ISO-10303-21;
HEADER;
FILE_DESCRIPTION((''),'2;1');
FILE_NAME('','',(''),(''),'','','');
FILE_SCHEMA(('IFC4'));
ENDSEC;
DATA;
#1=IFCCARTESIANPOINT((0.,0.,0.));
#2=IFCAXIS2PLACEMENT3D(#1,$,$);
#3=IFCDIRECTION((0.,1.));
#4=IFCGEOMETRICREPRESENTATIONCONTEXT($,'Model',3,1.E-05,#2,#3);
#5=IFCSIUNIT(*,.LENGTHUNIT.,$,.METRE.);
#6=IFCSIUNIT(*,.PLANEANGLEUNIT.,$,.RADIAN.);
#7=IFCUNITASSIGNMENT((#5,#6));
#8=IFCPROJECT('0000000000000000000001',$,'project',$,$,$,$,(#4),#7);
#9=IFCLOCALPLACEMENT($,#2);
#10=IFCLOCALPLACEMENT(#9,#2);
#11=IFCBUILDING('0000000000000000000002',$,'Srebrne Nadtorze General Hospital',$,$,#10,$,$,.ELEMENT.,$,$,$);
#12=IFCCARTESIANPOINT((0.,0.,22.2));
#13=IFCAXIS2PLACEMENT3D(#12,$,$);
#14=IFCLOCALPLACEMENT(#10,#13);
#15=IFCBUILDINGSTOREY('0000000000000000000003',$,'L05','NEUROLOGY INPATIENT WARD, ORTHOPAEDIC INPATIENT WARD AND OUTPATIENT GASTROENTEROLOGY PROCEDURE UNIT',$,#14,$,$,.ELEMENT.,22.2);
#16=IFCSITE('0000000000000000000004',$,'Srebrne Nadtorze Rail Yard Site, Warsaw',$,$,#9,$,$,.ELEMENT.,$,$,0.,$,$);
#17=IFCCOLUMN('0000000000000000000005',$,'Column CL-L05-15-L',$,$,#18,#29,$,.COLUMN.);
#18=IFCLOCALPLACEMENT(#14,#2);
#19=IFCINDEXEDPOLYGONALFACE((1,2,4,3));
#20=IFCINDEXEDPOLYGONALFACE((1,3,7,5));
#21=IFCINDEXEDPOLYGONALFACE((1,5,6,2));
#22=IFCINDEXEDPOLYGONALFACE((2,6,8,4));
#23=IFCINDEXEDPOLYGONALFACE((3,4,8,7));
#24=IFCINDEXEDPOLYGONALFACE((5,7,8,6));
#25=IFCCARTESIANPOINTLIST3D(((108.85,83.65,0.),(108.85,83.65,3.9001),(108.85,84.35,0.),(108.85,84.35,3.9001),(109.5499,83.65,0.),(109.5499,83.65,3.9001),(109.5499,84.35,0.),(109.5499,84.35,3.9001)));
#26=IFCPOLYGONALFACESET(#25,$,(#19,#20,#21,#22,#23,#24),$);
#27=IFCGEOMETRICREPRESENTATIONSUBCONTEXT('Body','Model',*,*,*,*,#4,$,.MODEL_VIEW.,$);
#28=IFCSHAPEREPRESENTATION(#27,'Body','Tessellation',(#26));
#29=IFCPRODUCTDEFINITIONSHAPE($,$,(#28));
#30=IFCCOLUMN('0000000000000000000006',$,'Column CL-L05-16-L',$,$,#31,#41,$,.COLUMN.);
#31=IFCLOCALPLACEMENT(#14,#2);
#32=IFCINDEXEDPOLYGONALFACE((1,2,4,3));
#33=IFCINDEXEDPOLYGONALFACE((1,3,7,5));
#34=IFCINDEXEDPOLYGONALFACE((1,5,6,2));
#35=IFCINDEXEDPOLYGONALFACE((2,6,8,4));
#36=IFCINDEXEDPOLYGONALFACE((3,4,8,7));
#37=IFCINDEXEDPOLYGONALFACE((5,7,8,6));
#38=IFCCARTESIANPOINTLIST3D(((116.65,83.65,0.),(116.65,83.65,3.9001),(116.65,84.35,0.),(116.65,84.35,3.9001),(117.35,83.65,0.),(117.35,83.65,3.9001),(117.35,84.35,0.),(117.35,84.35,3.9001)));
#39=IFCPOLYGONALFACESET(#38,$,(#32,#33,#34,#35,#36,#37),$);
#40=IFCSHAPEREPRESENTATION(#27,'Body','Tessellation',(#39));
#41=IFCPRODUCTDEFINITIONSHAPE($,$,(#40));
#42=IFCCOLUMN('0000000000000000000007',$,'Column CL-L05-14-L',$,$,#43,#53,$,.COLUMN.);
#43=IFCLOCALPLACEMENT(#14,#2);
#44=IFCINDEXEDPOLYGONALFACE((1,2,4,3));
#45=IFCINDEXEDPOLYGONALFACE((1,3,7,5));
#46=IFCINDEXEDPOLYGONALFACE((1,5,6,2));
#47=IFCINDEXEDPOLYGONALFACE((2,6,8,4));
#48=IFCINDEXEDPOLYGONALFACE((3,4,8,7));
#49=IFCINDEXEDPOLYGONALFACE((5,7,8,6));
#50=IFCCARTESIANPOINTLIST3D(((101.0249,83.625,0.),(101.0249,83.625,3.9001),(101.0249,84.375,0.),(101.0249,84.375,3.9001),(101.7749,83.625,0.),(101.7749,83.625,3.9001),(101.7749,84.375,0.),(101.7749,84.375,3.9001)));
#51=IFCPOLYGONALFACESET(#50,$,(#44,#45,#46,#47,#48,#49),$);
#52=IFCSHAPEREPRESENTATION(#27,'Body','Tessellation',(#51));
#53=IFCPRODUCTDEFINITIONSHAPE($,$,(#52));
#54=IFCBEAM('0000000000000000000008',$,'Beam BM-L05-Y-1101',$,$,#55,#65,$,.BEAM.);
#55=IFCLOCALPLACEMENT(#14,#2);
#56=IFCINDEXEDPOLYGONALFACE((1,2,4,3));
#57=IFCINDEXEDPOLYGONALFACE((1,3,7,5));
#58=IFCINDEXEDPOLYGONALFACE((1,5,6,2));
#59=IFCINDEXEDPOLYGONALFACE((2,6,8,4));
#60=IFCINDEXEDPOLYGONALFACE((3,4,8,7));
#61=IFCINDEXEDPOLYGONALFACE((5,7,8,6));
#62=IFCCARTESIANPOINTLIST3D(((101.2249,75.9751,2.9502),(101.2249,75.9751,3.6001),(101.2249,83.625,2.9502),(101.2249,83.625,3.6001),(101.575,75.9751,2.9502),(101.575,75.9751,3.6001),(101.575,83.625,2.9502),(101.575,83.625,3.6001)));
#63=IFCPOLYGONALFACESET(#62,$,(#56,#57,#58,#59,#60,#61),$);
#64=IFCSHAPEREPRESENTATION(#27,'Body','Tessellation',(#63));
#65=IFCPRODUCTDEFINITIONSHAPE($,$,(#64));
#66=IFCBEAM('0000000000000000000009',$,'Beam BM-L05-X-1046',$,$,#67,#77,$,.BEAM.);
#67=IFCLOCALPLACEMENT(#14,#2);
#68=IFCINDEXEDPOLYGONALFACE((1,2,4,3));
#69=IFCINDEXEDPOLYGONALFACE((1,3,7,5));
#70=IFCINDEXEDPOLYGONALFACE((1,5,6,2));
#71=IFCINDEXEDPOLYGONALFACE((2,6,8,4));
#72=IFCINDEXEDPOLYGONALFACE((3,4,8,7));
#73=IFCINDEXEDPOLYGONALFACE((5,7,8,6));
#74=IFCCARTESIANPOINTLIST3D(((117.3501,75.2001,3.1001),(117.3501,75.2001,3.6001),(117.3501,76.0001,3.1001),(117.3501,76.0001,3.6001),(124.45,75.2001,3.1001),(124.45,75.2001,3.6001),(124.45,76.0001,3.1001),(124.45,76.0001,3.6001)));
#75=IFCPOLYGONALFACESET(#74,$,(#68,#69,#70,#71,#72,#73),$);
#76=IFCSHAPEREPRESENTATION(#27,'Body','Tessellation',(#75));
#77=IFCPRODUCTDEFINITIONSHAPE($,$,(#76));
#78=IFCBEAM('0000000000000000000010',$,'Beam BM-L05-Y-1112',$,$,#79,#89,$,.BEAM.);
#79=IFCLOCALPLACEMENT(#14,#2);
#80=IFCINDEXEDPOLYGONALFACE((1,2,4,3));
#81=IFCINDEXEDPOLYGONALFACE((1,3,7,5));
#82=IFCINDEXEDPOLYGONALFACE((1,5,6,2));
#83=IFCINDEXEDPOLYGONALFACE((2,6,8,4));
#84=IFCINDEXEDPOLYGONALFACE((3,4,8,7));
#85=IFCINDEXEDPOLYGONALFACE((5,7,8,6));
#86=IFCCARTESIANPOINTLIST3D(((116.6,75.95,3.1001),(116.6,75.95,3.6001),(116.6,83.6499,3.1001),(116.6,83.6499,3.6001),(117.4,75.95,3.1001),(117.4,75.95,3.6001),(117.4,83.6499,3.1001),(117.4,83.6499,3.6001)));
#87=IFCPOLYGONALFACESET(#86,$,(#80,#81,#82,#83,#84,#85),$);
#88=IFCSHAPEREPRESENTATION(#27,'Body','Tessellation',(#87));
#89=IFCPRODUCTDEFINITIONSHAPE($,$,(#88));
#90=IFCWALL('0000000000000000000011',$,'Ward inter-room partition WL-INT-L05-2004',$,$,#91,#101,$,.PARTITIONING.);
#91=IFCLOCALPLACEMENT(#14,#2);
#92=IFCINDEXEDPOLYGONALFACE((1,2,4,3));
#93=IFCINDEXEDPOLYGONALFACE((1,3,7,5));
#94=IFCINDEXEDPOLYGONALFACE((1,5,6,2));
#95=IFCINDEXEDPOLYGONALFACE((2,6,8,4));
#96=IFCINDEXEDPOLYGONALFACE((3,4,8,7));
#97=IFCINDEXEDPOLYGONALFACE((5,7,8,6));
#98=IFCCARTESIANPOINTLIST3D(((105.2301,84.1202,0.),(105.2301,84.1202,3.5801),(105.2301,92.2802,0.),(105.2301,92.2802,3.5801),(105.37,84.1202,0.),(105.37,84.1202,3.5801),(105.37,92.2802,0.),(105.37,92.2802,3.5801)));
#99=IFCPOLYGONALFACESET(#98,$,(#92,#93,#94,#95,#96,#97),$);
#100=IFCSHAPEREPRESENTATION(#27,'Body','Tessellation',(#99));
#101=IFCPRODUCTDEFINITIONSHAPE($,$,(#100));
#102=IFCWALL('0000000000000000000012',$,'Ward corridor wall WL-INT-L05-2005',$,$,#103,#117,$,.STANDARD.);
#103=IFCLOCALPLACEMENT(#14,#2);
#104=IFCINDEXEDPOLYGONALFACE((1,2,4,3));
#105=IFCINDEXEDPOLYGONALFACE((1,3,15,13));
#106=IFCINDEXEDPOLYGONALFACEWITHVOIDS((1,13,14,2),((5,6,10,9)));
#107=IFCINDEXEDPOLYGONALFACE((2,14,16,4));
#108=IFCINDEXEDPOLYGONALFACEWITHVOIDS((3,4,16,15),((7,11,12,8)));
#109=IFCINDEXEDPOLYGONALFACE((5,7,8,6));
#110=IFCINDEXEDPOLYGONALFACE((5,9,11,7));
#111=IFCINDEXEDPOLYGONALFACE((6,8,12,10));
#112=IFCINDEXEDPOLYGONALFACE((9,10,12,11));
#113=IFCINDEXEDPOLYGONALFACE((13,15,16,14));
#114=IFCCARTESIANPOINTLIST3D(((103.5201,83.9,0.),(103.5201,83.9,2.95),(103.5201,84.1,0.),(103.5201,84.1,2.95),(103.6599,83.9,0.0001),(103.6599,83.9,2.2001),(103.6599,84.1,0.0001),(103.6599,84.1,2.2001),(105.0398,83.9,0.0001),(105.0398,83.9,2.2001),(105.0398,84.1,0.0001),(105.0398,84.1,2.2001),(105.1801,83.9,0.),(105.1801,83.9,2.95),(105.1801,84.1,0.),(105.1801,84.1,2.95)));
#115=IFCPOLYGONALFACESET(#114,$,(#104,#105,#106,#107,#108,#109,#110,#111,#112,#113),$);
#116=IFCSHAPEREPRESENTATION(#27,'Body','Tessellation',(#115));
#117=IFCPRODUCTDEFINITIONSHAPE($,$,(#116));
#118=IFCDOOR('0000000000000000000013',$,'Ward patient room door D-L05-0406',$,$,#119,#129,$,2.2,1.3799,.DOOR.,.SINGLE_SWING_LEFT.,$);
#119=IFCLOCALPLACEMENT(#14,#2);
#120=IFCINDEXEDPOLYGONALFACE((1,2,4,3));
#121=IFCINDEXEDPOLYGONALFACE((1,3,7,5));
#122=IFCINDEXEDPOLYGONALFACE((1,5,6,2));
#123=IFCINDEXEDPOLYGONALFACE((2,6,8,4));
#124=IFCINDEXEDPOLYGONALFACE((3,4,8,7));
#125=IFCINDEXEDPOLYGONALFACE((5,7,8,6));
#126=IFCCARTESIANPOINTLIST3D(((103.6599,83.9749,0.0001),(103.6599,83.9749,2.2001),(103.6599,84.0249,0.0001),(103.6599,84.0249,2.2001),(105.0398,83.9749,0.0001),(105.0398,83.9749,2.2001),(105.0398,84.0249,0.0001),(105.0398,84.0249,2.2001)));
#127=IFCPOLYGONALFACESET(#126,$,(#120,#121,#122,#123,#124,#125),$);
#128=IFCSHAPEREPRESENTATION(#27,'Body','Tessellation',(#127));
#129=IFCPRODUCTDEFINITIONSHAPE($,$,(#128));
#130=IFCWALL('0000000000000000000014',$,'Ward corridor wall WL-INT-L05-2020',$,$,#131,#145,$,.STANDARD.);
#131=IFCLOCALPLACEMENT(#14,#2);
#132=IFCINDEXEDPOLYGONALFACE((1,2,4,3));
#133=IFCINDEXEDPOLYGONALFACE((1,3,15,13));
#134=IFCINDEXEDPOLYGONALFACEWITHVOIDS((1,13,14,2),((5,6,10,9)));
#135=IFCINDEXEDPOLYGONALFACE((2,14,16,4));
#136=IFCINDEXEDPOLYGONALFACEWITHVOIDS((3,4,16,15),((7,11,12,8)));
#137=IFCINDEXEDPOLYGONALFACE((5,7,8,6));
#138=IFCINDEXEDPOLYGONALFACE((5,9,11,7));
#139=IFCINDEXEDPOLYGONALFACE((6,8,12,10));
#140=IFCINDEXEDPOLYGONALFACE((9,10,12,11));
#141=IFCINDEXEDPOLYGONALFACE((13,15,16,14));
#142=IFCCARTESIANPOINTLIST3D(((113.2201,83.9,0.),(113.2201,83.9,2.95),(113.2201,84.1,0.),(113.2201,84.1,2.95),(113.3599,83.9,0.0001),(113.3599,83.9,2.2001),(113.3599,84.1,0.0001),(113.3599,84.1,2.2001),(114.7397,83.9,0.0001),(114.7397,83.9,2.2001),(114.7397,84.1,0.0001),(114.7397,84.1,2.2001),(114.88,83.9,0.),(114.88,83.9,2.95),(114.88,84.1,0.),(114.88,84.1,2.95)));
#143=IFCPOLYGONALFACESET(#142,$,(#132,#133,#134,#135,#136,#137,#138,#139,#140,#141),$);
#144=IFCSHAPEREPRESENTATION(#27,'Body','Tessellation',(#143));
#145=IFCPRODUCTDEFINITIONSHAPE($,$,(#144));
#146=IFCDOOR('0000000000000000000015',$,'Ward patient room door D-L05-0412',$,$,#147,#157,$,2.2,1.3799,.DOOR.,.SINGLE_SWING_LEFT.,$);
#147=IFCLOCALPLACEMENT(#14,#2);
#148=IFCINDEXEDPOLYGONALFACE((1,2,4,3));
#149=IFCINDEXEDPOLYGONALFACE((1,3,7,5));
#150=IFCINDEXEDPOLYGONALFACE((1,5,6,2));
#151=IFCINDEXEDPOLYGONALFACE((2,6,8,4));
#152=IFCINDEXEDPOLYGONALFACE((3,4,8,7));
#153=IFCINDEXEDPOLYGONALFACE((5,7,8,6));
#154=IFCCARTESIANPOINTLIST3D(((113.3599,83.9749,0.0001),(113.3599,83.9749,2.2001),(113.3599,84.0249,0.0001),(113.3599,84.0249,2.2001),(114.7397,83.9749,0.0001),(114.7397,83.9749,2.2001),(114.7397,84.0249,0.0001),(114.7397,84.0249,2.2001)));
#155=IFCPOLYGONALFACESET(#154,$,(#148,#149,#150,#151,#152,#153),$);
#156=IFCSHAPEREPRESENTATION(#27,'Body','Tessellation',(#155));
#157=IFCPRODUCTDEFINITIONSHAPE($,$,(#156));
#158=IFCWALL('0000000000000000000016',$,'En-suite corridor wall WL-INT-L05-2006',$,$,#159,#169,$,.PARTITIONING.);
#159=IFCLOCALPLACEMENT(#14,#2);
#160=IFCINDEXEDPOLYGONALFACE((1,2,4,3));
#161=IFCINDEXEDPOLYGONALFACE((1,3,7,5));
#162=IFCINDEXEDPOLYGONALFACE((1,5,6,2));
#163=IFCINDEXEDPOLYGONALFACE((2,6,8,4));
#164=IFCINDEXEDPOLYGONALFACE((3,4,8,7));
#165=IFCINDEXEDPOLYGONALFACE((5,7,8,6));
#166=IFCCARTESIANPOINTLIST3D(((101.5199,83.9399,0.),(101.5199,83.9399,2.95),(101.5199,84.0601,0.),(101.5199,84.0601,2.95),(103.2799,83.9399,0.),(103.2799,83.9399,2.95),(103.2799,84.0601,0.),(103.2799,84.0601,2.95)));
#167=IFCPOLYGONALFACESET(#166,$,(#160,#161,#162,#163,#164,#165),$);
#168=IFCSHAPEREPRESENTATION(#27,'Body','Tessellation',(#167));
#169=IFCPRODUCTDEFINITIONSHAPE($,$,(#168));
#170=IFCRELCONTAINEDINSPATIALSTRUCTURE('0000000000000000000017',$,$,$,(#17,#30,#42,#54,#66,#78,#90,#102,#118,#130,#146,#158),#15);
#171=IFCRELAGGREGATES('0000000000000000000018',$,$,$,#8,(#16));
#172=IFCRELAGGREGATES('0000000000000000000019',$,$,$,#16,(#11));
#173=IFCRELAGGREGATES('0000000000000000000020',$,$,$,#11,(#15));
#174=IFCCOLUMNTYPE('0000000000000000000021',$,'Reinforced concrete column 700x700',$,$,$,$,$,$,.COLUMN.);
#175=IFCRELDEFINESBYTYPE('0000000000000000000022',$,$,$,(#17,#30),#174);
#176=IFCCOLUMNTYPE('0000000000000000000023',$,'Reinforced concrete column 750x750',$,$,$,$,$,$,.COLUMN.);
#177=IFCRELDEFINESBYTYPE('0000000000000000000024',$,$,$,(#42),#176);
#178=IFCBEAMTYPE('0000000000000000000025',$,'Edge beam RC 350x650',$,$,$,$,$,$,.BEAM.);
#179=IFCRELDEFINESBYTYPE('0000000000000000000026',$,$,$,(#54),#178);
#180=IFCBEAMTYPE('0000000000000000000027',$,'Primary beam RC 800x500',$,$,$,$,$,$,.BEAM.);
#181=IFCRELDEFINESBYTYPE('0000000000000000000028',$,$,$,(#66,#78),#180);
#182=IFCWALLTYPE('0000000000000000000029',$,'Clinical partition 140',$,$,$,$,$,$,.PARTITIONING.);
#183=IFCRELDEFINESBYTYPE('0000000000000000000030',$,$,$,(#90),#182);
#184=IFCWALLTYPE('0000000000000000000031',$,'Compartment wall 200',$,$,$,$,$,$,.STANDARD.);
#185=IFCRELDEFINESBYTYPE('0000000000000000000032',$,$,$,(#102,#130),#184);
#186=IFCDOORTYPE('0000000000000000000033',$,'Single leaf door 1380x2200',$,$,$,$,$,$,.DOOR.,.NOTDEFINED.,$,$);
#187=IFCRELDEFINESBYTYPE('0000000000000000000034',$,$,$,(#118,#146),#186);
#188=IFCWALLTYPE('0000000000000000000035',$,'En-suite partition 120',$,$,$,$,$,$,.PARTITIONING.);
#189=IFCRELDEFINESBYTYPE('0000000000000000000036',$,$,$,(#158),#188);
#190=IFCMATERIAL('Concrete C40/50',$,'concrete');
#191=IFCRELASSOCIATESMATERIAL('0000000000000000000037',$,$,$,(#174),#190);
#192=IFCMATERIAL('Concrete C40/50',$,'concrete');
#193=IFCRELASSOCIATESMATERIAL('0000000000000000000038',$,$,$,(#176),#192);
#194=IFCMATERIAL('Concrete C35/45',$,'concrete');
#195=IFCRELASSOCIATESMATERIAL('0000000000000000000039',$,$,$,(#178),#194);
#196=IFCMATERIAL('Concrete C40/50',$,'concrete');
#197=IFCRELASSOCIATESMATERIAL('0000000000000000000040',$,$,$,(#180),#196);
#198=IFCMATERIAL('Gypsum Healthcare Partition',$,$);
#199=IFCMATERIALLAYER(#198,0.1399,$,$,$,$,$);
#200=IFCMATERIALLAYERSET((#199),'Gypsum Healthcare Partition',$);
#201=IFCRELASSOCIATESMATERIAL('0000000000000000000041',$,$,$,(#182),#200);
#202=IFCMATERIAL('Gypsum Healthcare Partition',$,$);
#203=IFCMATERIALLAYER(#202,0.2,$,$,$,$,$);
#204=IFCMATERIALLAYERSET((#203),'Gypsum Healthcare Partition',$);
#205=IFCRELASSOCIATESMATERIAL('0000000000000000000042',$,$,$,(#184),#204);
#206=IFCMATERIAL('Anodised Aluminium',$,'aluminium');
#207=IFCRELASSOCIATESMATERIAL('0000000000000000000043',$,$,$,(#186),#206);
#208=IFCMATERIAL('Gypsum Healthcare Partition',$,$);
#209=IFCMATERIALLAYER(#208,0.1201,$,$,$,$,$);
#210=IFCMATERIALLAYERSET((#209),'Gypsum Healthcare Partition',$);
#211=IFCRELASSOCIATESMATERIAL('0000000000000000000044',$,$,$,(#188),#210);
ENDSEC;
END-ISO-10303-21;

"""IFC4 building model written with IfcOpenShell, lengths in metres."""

from ifc_helpers import new_model, si_unit, direction, frame, frame_2d, origin, origin_2d, place, context, subcontext, project, spatial, rectangle, extrude, material, layer, layer_set, material_profile, profile_set, type_object, element, fill, save


model = new_model("IFC4")

# Units and contexts
model_context = context("Model", 3, precision=1e-05, world=origin(), true_north=direction((0.0, 1.0)))
body_context = subcontext(model_context, "Body", "Model", "MODEL_VIEW")
ifc_project = project(units=[si_unit("LENGTHUNIT", "METRE"), si_unit("PLANEANGLEUNIT", "RADIAN")], contexts=[model_context])

# Site, building, storey
site_placement = place(None, origin())
site = spatial("IfcSite", under=ifc_project, at=site_placement, Name="Srebrne Nadtorze Rail Yard Site, Warsaw", CompositionType="ELEMENT", RefElevation=0.0)
building_placement = place(site_placement, origin())
building = spatial("IfcBuilding", under=site, at=building_placement, Name="Srebrne Nadtorze General Hospital", CompositionType="ELEMENT")
storey_placement = place(building_placement, frame((0.0, 0.0, 22.2)))
storey = spatial("IfcBuildingStorey", under=building, at=storey_placement, Name="L05", Description="NEUROLOGY INPATIENT WARD, ORTHOPAEDIC INPATIENT WARD AND OUTPATIENT GASTROENTEROLOGY PROCEDURE UNIT", CompositionType="ELEMENT", Elevation=22.2)

# Columns
ifc_material_1 = material(Name="Concrete C40/50", Category="concrete")
ifc_material_profile_1 = material_profile(ifc_material_1, rectangle(XDim=0.7, YDim=0.7, at=origin_2d()), Name="RC-COL-700x700")
ifc_profile_set_1 = profile_set([ifc_material_profile_1], Name="Concrete C40/50")
column_type_1 = type_object("IfcColumnType", Name="Reinforced concrete column 700x700", PredefinedType="COLUMN", material=ifc_profile_set_1)
for number, where, z_axis, x_axis, name in (
    (1, (109.2, 84.0, 0.0), (0.0, 0.0, 1.0), (1.0, 0.0, 0.0), "Column CL-L05-15-L"),
    (2, (117.0, 84.0, 0.0), (0.0, 0.0, 1.0), (1.0, 0.0, 0.0), "Column CL-L05-16-L"),
):
    element("IfcColumn", number, at=place(storey_placement, frame(where, z_axis=z_axis, x_axis=x_axis)), inside=storey, type_object=column_type_1, Name=name, PredefinedType="COLUMN", context=body_context, shape_type="SweptSolid", body=[
        extrude(rectangle(XDim=0.7, YDim=0.7, at=origin_2d()), origin(), (0.0, 0.0, 1.0), 3.9001),
    ])
ifc_material_2 = material(Name="Concrete C40/50", Category="concrete")
ifc_material_profile_2 = material_profile(ifc_material_2, rectangle(XDim=0.75, YDim=0.75, at=origin_2d()), Name="RC-COL-750x750")
ifc_profile_set_2 = profile_set([ifc_material_profile_2], Name="Concrete C40/50")
column_type_2 = type_object("IfcColumnType", Name="Reinforced concrete column 750x750", PredefinedType="COLUMN", material=ifc_profile_set_2)
column_placement = place(storey_placement, frame((101.3999, 84.0, 0.0), z_axis=(0.0, 0.0, 1.0), x_axis=(1.0, 0.0, 0.0)))
element("IfcColumn", 3, at=column_placement, inside=storey, type_object=column_type_2, Name="Column CL-L05-14-L", PredefinedType="COLUMN", context=body_context, shape_type="SweptSolid", body=[
    extrude(rectangle(XDim=0.75, YDim=0.75, at=origin_2d()), origin(), (0.0, 0.0, 1.0), 3.9001),
])

# Beams
ifc_material_3 = material(Name="Concrete C35/45", Category="concrete")
ifc_material_profile_3 = material_profile(ifc_material_3, rectangle(XDim=0.3501, YDim=0.6499, at=origin_2d()), Name="RC-BM-350x650")
ifc_profile_set_3 = profile_set([ifc_material_profile_3], Name="Concrete C35/45")
beam_type_1 = type_object("IfcBeamType", Name="Edge beam RC 350x650", PredefinedType="BEAM", material=ifc_profile_set_3)
beam_1_placement = place(storey_placement, frame((101.3999, 75.9751, 3.2751), z_axis=(0.0, 1.0, 0.0), x_axis=(-1.0, 0.0, 0.0)))
element("IfcBeam", 4, at=beam_1_placement, inside=storey, type_object=beam_type_1, Name="Beam BM-L05-Y-1101", PredefinedType="BEAM", context=body_context, shape_type="SweptSolid", body=[
    extrude(rectangle(XDim=0.3501, YDim=0.6499, at=origin_2d()), origin(), (0.0, 0.0, 1.0), 7.6499),
])
ifc_material_4 = material(Name="Concrete C40/50", Category="concrete")
ifc_material_profile_4 = material_profile(ifc_material_4, rectangle(XDim=0.8, YDim=0.5, at=origin_2d()), Name="RC-BM-800x500")
ifc_profile_set_4 = profile_set([ifc_material_profile_4], Name="Concrete C40/50")
beam_type_2 = type_object("IfcBeamType", Name="Primary beam RC 800x500", PredefinedType="BEAM", material=ifc_profile_set_4)
beam_2_placement = place(storey_placement, frame((117.3501, 75.6001, 3.3501), z_axis=(1.0, 0.0, 0.0), x_axis=(0.0, 1.0, 0.0)))
element("IfcBeam", 5, at=beam_2_placement, inside=storey, type_object=beam_type_2, Name="Beam BM-L05-X-1046", PredefinedType="BEAM", context=body_context, shape_type="SweptSolid", body=[
    extrude(rectangle(XDim=0.8, YDim=0.5, at=origin_2d()), origin(), (0.0, 0.0, 1.0), 7.0999),
])
beam_3_placement = place(storey_placement, frame((117.0, 75.95, 3.3501), z_axis=(0.0, 1.0, 0.0), x_axis=(-1.0, 0.0, 0.0)))
element("IfcBeam", 6, at=beam_3_placement, inside=storey, type_object=beam_type_2, Name="Beam BM-L05-Y-1112", PredefinedType="BEAM", context=body_context, shape_type="SweptSolid", body=[
    extrude(rectangle(XDim=0.8, YDim=0.5, at=origin_2d()), origin(), (0.0, 0.0, 1.0), 7.7),
])

# Wall
ifc_material_5 = material(Name="Gypsum Healthcare Partition")
ifc_layer_1 = layer(ifc_material_5, 0.1399)
ifc_layer_set_1 = layer_set([ifc_layer_1], Name="Gypsum Healthcare Partition")
wall_type_1 = type_object("IfcWallType", Name="Clinical partition 140", PredefinedType="PARTITIONING", material=ifc_layer_set_1)
wall_1_placement = place(storey_placement, frame((105.3, 84.1201, 0.0), z_axis=(0.0, 0.0, 1.0), x_axis=(0.0, 1.0, 0.0)))
element("IfcWall", 7, at=wall_1_placement, inside=storey, type_object=wall_type_1, Name="Ward inter-room partition WL-INT-L05-2004", PredefinedType="PARTITIONING", context=body_context, shape_type="SweptSolid", body=[
    extrude(rectangle(XDim=8.1599, YDim=0.1399, at=frame_2d((4.0801, 0.0))), origin(), (0.0, 0.0, 1.0), 3.5801),
])

# Walls, openings, doors
ifc_material_6 = material(Name="Gypsum Healthcare Partition")
ifc_layer_2 = layer(ifc_material_6, 0.2)
ifc_layer_set_2 = layer_set([ifc_layer_2], Name="Gypsum Healthcare Partition")
wall_type_2 = type_object("IfcWallType", Name="Compartment wall 200", PredefinedType="STANDARD", material=ifc_layer_set_2)
wall_2_placement = place(storey_placement, frame((103.52, 84.0, 0.0), z_axis=(0.0, 0.0, 1.0), x_axis=(1.0, 0.0, 0.0)))
wall_2 = element("IfcWall", 8, at=wall_2_placement, inside=storey, type_object=wall_type_2, Name="Ward corridor wall WL-INT-L05-2005", PredefinedType="STANDARD", context=body_context, shape_type="SweptSolid", body=[
    extrude(rectangle(XDim=1.6599, YDim=0.2, at=frame_2d((0.8301, 0.0))), origin(), (0.0, 0.0, 1.0), 2.95),
])
opening_1_placement = place(wall_2_placement, frame((0.1399, 0.0, 0.0)))
opening_1 = element("IfcOpeningElement", 9, at=opening_1_placement, cuts=wall_2, PredefinedType="OPENING", context=body_context, shape_type="SweptSolid", body=[
    extrude(rectangle(XDim=1.3799, YDim=2.2, at=frame_2d((0.6899, 1.1001))), frame((0.0, 0.1118, 0.0), z_axis=(0.0, -1.0, 0.0), x_axis=(1.0, 0.0, 0.0)), (0.0, 0.0, 1.0), 0.2239),
])
ifc_material_7 = material(Name="Anodised Aluminium", Category="aluminium")
door_type_1 = type_object("IfcDoorType", Name="Single leaf door 1380x2200", OperationType="NOTDEFINED", PredefinedType="DOOR", material=ifc_material_7)
door_1_placement = place(opening_1_placement, origin())
door_1 = element("IfcDoor", 10, at=door_1_placement, inside=storey, type_object=door_type_1, Name="Ward patient room door D-L05-0406", OperationType="SINGLE_SWING_LEFT", OverallHeight=2.2, OverallWidth=1.3799, PredefinedType="DOOR", context=body_context, shape_type="SweptSolid", body=[
    extrude(rectangle(XDim=1.3799, YDim=2.2, at=frame_2d((0.6899, 1.1001))), frame((0.0, 0.0249, 0.0), z_axis=(0.0, -1.0, 0.0), x_axis=(1.0, 0.0, 0.0)), (0.0, 0.0, 1.0), 0.05),
])
fill(opening_1, door_1)
wall_3_placement = place(storey_placement, frame((113.22, 84.0, 0.0), z_axis=(0.0, 0.0, 1.0), x_axis=(1.0, 0.0, 0.0)))
wall_3 = element("IfcWall", 11, at=wall_3_placement, inside=storey, type_object=wall_type_2, Name="Ward corridor wall WL-INT-L05-2020", PredefinedType="STANDARD", context=body_context, shape_type="SweptSolid", body=[
    extrude(rectangle(XDim=1.6599, YDim=0.2, at=frame_2d((0.8301, 0.0))), origin(), (0.0, 0.0, 1.0), 2.95),
])
opening_2_placement = place(wall_3_placement, frame((0.1399, 0.0, 0.0)))
opening_2 = element("IfcOpeningElement", 12, at=opening_2_placement, cuts=wall_3, PredefinedType="OPENING", context=body_context, shape_type="SweptSolid", body=[
    extrude(rectangle(XDim=1.3799, YDim=2.2, at=frame_2d((0.6899, 1.1001))), frame((0.0, 0.1118, 0.0), z_axis=(0.0, -1.0, 0.0), x_axis=(1.0, 0.0, 0.0)), (0.0, 0.0, 1.0), 0.2239),
])
door_2_placement = place(opening_2_placement, origin())
door_2 = element("IfcDoor", 13, at=door_2_placement, inside=storey, type_object=door_type_1, Name="Ward patient room door D-L05-0412", OperationType="SINGLE_SWING_LEFT", OverallHeight=2.2, OverallWidth=1.3799, PredefinedType="DOOR", context=body_context, shape_type="SweptSolid", body=[
    extrude(rectangle(XDim=1.3799, YDim=2.2, at=frame_2d((0.6899, 1.1001))), frame((0.0, 0.0249, 0.0), z_axis=(0.0, -1.0, 0.0), x_axis=(1.0, 0.0, 0.0)), (0.0, 0.0, 1.0), 0.05),
])
fill(opening_2, door_2)

# Wall
ifc_material_8 = material(Name="Gypsum Healthcare Partition")
ifc_layer_3 = layer(ifc_material_8, 0.1201)
ifc_layer_set_3 = layer_set([ifc_layer_3], Name="Gypsum Healthcare Partition")
wall_type_3 = type_object("IfcWallType", Name="En-suite partition 120", PredefinedType="PARTITIONING", material=ifc_layer_set_3)
wall_4_placement = place(storey_placement, frame((101.52, 84.0, 0.0), z_axis=(0.0, 0.0, 1.0), x_axis=(1.0, 0.0, 0.0)))
element("IfcWall", 14, at=wall_4_placement, inside=storey, type_object=wall_type_3, Name="En-suite corridor wall WL-INT-L05-2006", PredefinedType="PARTITIONING", context=body_context, shape_type="SweptSolid", body=[
    extrude(rectangle(XDim=1.76, YDim=0.1201, at=frame_2d((0.8799, 0.0))), origin(), (0.0, 0.0, 1.0), 2.95),
])

save(model, "model.ifc")
